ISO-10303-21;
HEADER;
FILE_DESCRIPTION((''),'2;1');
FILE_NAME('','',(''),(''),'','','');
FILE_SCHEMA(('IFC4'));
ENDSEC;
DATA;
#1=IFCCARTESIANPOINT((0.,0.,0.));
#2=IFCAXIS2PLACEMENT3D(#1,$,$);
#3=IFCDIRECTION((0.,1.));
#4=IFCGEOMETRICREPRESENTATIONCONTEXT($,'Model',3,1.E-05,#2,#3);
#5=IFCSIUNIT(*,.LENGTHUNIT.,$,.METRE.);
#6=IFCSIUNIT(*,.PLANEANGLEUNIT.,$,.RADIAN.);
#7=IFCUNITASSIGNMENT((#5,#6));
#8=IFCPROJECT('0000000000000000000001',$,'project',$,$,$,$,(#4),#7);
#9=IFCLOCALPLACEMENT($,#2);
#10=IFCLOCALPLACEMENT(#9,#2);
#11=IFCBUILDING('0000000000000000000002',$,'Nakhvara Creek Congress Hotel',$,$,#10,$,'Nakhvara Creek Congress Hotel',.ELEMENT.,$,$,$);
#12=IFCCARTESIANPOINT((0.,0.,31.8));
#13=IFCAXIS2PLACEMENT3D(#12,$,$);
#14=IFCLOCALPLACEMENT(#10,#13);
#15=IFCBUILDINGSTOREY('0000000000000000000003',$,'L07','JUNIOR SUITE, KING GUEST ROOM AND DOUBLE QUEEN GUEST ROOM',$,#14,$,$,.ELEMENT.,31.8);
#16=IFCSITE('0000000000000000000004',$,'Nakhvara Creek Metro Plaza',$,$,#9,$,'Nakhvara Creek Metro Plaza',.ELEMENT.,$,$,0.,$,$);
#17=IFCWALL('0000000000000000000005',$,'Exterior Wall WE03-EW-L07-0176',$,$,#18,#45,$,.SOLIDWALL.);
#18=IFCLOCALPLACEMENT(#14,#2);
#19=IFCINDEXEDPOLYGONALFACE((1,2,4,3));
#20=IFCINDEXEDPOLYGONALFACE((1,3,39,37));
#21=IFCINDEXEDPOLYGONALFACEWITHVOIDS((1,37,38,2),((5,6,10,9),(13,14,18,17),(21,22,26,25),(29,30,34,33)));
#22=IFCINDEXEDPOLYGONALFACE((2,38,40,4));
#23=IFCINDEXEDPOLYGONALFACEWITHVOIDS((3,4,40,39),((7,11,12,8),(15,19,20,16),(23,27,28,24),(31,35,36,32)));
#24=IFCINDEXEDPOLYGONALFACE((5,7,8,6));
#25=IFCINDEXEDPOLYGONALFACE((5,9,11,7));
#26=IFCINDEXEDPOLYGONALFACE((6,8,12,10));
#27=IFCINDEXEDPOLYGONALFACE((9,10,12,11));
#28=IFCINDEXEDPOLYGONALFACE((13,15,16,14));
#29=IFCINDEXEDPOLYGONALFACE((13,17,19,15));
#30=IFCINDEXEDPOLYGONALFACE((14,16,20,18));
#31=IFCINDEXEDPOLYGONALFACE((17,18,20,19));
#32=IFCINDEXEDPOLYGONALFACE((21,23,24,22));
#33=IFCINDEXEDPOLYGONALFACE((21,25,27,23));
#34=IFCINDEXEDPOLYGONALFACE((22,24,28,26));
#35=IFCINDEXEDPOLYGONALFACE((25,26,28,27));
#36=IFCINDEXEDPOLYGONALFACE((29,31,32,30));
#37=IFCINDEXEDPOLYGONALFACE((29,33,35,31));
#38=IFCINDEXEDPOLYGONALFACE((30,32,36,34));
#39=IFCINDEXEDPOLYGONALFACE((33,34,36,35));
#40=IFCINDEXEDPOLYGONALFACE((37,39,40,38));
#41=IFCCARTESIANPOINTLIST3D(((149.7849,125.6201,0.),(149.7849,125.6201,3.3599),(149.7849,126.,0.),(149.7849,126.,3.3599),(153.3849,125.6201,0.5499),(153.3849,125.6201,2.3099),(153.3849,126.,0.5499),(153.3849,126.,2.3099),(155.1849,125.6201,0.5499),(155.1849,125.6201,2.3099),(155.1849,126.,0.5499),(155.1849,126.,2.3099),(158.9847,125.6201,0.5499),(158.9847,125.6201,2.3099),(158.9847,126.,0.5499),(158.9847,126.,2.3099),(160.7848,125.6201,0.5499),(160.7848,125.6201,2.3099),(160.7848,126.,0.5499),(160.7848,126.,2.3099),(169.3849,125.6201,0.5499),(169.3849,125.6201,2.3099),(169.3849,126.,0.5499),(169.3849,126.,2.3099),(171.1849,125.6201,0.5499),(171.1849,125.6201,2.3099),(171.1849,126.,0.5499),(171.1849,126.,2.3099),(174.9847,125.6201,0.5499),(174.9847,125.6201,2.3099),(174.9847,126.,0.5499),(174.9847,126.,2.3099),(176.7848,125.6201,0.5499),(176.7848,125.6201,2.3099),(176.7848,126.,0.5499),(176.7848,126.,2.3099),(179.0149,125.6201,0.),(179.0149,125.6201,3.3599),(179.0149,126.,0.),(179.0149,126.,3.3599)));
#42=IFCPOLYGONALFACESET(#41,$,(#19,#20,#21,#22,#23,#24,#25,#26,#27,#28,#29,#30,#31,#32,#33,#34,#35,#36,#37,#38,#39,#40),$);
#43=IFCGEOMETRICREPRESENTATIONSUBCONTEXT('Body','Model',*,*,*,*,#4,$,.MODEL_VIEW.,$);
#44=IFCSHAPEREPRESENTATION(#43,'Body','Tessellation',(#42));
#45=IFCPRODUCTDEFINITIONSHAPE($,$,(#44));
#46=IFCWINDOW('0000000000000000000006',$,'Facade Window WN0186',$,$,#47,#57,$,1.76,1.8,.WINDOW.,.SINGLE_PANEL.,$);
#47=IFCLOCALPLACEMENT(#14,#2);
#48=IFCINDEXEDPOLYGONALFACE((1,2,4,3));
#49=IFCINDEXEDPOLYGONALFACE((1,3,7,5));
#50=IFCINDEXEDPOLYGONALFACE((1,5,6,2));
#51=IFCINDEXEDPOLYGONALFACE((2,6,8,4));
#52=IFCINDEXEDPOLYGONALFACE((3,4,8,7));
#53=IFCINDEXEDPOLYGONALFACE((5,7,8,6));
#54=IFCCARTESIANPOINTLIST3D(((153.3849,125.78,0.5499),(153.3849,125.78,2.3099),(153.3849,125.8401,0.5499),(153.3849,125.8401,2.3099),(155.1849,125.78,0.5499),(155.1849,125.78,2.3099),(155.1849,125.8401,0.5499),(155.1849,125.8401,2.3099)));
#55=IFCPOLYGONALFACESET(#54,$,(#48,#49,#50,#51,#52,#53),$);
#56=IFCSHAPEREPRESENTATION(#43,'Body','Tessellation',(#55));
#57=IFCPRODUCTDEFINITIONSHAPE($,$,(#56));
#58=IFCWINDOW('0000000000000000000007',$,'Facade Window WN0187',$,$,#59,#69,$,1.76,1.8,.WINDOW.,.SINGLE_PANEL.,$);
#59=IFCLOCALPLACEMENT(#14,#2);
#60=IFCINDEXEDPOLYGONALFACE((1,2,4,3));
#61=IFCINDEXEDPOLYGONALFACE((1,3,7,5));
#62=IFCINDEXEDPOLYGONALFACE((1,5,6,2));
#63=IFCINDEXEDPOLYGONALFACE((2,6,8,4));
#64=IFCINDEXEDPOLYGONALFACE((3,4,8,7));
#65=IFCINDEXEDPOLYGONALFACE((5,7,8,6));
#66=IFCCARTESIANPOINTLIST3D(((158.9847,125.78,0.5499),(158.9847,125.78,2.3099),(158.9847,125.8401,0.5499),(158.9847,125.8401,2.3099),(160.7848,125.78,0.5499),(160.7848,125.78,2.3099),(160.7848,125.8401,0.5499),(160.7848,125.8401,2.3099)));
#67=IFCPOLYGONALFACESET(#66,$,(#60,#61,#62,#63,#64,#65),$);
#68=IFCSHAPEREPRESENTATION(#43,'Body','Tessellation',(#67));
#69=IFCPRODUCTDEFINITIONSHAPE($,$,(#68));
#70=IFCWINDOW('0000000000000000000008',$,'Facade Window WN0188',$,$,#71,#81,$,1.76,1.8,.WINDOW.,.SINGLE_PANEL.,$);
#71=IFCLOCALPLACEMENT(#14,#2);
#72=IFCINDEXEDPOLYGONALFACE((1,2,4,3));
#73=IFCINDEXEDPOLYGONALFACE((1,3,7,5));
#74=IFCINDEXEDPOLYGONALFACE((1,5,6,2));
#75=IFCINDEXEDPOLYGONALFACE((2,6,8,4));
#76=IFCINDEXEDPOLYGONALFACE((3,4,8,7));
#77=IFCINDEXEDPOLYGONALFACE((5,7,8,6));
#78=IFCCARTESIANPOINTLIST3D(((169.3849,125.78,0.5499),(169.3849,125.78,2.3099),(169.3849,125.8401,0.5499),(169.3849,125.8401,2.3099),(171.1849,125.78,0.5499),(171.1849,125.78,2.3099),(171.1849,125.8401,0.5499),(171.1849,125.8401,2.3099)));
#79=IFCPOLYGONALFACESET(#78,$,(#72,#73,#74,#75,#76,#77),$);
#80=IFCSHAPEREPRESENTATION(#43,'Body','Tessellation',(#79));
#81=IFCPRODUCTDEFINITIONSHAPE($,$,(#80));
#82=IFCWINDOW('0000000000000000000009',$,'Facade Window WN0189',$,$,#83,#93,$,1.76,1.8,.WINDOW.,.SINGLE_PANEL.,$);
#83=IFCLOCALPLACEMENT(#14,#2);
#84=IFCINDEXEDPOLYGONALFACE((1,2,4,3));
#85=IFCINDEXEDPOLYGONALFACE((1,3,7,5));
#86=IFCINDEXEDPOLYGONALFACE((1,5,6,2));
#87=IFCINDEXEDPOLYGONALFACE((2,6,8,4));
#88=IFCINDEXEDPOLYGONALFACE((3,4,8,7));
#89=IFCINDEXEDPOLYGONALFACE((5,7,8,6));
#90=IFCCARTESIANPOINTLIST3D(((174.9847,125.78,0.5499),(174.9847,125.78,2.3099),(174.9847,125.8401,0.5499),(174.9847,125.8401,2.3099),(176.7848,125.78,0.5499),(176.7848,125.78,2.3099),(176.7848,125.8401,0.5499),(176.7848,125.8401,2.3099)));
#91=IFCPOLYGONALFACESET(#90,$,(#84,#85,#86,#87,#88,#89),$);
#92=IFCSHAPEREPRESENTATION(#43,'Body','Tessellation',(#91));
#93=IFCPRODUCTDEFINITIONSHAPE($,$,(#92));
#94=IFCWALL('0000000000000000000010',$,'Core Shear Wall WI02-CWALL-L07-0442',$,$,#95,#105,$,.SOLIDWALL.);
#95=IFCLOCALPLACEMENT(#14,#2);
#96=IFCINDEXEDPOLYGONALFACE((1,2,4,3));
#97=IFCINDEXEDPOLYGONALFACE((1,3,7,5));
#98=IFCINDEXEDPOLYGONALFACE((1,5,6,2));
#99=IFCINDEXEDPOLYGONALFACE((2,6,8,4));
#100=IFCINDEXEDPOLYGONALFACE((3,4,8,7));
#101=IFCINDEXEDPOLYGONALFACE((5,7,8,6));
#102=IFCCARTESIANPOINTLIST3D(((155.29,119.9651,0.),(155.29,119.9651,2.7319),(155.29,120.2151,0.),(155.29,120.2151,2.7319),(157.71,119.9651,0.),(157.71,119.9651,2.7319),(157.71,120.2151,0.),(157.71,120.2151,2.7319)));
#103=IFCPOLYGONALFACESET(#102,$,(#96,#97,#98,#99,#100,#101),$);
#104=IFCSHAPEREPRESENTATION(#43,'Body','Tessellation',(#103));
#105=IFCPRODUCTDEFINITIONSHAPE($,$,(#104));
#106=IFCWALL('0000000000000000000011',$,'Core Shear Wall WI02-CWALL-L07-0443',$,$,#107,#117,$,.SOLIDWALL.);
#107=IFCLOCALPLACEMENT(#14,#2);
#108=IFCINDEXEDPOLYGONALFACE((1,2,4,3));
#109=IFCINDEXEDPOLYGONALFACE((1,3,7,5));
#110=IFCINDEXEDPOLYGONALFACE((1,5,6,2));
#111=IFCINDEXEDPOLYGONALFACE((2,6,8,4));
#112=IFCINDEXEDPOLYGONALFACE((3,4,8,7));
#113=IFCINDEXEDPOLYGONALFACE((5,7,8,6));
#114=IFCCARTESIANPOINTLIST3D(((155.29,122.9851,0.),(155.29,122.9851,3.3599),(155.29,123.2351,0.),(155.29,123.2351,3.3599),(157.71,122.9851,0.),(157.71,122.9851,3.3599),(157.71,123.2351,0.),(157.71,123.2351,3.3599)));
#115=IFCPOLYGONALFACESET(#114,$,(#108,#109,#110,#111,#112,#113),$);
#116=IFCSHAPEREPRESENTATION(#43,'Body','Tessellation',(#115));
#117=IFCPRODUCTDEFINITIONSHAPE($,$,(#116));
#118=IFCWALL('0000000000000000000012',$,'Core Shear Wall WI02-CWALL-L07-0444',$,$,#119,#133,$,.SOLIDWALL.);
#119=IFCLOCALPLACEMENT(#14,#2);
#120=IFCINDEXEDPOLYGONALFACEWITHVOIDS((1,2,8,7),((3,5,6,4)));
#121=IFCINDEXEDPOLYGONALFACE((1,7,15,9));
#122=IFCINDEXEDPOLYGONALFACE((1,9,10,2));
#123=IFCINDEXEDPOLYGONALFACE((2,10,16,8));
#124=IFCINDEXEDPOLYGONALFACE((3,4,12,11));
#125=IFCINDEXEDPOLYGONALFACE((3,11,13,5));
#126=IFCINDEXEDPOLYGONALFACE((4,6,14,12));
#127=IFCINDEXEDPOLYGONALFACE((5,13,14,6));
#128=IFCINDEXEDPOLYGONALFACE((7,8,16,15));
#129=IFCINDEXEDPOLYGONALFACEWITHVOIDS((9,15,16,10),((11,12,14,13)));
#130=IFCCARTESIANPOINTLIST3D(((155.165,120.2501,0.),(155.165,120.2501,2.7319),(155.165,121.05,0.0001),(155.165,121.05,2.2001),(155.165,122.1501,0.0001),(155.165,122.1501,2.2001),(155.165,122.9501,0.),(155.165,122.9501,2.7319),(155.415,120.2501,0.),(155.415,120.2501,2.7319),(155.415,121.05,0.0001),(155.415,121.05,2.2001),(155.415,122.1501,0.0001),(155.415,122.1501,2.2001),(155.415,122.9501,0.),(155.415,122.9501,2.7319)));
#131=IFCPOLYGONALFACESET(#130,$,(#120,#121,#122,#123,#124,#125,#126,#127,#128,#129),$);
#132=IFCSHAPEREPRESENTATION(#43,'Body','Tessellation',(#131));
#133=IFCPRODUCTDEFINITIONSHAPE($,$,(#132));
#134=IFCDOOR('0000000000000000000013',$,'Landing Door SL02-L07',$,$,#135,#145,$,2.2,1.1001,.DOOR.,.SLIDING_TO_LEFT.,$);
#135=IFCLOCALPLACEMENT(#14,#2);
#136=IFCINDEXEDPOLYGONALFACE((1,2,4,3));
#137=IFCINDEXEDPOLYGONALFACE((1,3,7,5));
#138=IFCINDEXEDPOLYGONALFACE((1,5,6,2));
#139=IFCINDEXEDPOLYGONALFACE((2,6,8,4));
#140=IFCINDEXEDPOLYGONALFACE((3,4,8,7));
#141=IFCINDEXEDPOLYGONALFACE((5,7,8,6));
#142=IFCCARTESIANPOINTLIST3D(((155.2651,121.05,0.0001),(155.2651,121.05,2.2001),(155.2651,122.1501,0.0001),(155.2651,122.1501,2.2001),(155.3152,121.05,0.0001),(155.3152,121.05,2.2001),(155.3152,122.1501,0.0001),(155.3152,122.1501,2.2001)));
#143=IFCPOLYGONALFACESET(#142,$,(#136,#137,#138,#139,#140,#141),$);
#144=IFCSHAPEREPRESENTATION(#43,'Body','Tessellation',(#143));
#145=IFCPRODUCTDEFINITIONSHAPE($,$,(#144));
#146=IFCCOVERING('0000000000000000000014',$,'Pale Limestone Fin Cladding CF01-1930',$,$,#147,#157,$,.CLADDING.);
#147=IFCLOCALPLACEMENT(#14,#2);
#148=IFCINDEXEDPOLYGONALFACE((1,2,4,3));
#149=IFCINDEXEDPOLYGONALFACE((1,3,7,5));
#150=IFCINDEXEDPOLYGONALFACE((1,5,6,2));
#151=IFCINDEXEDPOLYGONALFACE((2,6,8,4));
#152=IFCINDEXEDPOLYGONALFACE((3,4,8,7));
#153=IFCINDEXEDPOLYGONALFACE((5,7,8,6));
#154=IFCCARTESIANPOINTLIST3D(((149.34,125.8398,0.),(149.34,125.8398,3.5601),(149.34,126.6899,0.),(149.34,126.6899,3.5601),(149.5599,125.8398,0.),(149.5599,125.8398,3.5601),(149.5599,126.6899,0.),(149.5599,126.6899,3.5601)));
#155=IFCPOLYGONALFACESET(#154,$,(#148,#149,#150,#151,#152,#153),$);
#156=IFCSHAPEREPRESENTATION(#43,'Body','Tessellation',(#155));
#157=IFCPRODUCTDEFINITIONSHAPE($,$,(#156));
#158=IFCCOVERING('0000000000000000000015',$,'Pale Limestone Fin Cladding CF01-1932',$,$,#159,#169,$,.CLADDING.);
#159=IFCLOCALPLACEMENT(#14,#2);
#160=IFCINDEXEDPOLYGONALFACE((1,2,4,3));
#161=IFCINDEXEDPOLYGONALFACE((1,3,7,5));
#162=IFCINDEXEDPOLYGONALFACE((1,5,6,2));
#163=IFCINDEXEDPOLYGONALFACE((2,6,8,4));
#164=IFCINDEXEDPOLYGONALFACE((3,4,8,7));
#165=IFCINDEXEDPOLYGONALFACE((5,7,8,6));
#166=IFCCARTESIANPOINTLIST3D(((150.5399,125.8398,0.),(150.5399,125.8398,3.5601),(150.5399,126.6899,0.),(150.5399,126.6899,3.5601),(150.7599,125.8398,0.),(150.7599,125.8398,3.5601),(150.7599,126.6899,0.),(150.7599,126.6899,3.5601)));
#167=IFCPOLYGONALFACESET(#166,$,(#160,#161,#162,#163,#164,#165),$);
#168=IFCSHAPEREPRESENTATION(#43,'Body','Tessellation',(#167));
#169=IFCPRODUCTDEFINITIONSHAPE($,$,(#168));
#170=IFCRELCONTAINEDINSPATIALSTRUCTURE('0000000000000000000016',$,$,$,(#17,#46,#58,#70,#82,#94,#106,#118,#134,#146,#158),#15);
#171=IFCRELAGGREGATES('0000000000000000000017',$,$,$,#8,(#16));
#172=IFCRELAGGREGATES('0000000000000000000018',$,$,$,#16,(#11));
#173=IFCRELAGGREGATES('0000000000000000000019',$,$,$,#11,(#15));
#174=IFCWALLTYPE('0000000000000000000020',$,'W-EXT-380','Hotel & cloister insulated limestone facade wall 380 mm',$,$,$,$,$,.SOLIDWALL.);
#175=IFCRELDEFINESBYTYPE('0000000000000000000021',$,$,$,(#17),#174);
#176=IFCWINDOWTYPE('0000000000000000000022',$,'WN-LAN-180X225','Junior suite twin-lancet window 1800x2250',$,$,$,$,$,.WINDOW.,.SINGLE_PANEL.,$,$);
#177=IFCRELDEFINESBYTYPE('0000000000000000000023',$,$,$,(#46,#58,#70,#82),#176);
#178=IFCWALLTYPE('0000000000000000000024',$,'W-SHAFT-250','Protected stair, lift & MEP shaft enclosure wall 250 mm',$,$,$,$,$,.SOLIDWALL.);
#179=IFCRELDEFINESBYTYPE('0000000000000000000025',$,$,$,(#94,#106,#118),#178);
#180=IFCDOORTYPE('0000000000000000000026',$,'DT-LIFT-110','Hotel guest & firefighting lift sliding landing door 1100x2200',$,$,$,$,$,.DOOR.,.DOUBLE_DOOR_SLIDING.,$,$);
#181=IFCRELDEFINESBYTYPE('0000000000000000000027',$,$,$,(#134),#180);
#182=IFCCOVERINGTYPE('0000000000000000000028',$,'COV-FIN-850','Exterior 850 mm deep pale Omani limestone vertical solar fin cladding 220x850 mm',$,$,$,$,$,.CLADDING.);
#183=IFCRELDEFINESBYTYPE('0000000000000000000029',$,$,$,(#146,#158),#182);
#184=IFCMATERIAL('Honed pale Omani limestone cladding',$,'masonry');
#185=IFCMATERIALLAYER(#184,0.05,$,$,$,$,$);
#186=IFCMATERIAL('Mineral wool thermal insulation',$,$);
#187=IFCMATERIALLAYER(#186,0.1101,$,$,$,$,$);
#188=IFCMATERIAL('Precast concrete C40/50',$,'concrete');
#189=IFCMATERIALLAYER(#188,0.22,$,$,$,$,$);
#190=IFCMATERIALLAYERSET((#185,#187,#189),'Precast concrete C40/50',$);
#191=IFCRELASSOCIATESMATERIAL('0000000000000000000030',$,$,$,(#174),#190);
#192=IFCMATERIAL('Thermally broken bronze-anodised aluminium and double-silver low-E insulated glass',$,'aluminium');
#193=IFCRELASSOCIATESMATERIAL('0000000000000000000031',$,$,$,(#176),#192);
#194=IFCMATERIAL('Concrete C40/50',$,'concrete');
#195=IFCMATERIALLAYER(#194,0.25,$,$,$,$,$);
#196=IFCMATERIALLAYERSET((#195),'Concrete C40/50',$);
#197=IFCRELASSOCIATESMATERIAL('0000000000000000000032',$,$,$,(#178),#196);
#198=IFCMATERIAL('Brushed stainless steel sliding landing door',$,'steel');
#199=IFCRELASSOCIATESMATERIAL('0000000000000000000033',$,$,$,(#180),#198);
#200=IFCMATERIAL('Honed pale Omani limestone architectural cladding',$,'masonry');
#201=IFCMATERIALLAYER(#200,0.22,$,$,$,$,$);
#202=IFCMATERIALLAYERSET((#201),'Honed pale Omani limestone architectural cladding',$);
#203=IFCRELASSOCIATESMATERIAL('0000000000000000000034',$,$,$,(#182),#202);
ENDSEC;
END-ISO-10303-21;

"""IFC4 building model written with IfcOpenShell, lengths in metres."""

from ifc_helpers import new_model, si_unit, direction, frame, frame_2d, origin, origin_2d, place, context, subcontext, project, spatial, rectangle, extrude, material, layer, layer_set, type_object, element, fill, save


model = new_model("IFC4")

# Units and contexts
model_context = context("Model", 3, precision=1e-05, world=origin(), true_north=direction((0.0, 1.0)))
body_context = subcontext(model_context, "Body", "Model", "MODEL_VIEW")
ifc_project = project(units=[si_unit("LENGTHUNIT", "METRE"), si_unit("PLANEANGLEUNIT", "RADIAN")], contexts=[model_context])

# Site, building, storey
site_placement = place(None, origin())
site = spatial("IfcSite", under=ifc_project, at=site_placement, Name="Nakhvara Creek Metro Plaza", LongName="Nakhvara Creek Metro Plaza", CompositionType="ELEMENT", RefElevation=0.0)
building_placement = place(site_placement, origin())
building = spatial("IfcBuilding", under=site, at=building_placement, Name="Nakhvara Creek Congress Hotel", LongName="Nakhvara Creek Congress Hotel", CompositionType="ELEMENT")
storey_placement = place(building_placement, frame((0.0, 0.0, 31.8)))
storey = spatial("IfcBuildingStorey", under=building, at=storey_placement, Name="L07", Description="JUNIOR SUITE, KING GUEST ROOM AND DOUBLE QUEEN GUEST ROOM", CompositionType="ELEMENT", Elevation=31.8)

# Wall, openings, windows
ifc_material_1 = material(Name="Honed pale Omani limestone cladding", Category="masonry")
ifc_layer_1 = layer(ifc_material_1, 0.05)
ifc_material_2 = material(Name="Mineral wool thermal insulation")
ifc_layer_2 = layer(ifc_material_2, 0.1101)
ifc_material_3 = material(Name="Precast concrete C40/50", Category="concrete")
ifc_layer_3 = layer(ifc_material_3, 0.22)
ifc_layer_set_1 = layer_set([ifc_layer_1, ifc_layer_2, ifc_layer_3], Name="Precast concrete C40/50")
wall_type_1 = type_object("IfcWallType", Name="W-EXT-380", Description="Hotel & cloister insulated limestone facade wall 380 mm", PredefinedType="SOLIDWALL", material=ifc_layer_set_1)
wall_1_placement = place(storey_placement, frame((149.7849, 125.8101, 0.0), z_axis=(0.0, 0.0, 1.0), x_axis=(1.0, 0.0, 0.0)))
wall_1 = element("IfcWall", 1, at=wall_1_placement, inside=storey, type_object=wall_type_1, Name="Exterior Wall WE03-EW-L07-0176", PredefinedType="SOLIDWALL", context=body_context, shape_type="SweptSolid", body=[
    extrude(rectangle(XDim=29.23, YDim=0.3799, at=frame_2d((14.615, 0.0))), origin(), (0.0, 0.0, 1.0), 3.3599),
])
opening_1_placement = place(wall_1_placement, frame((3.6001, 0.0, 0.55)))
opening_1 = element("IfcOpeningElement", 2, at=opening_1_placement, cuts=wall_1, PredefinedType="OPENING", context=body_context, shape_type="SweptSolid", body=[
    extrude(rectangle(XDim=1.8, YDim=1.76, at=frame_2d((0.8999, 0.8799))), frame((0.0, 0.2019, 0.0), z_axis=(0.0, -1.0, 0.0), x_axis=(1.0, 0.0, 0.0)), (0.0, 0.0, 1.0), 0.4038),
])
opening_2_placement = place(wall_1_placement, frame((9.2, 0.0, 0.55)))
opening_2 = element("IfcOpeningElement", 3, at=opening_2_placement, cuts=wall_1, PredefinedType="OPENING", context=body_context, shape_type="SweptSolid", body=[
    extrude(rectangle(XDim=1.8, YDim=1.76, at=frame_2d((0.8999, 0.8799))), frame((0.0, 0.2019, 0.0), z_axis=(0.0, -1.0, 0.0), x_axis=(1.0, 0.0, 0.0)), (0.0, 0.0, 1.0), 0.4038),
])
opening_3_placement = place(wall_1_placement, frame((19.6001, 0.0, 0.55)))
opening_3 = element("IfcOpeningElement", 4, at=opening_3_placement, cuts=wall_1, PredefinedType="OPENING", context=body_context, shape_type="SweptSolid", body=[
    extrude(rectangle(XDim=1.8, YDim=1.76, at=frame_2d((0.8999, 0.8799))), frame((0.0, 0.2019, 0.0), z_axis=(0.0, -1.0, 0.0), x_axis=(1.0, 0.0, 0.0)), (0.0, 0.0, 1.0), 0.4038),
])
opening_4_placement = place(wall_1_placement, frame((25.2, 0.0, 0.55)))
opening_4 = element("IfcOpeningElement", 5, at=opening_4_placement, cuts=wall_1, PredefinedType="OPENING", context=body_context, shape_type="SweptSolid", body=[
    extrude(rectangle(XDim=1.8, YDim=1.76, at=frame_2d((0.8999, 0.8799))), frame((0.0, 0.2019, 0.0), z_axis=(0.0, -1.0, 0.0), x_axis=(1.0, 0.0, 0.0)), (0.0, 0.0, 1.0), 0.4038),
])
ifc_material_4 = material(Name="Thermally broken bronze-anodised aluminium and double-silver low-E insulated glass", Category="aluminium")
window_type = type_object("IfcWindowType", Name="WN-LAN-180X225", Description="Junior suite twin-lancet window 1800x2250", PartitioningType="SINGLE_PANEL", PredefinedType="WINDOW", material=ifc_material_4)
window_1_placement = place(opening_1_placement, origin())
window_1 = element("IfcWindow", 6, at=window_1_placement, inside=storey, type_object=window_type, Name="Facade Window WN0186", OverallHeight=1.76, OverallWidth=1.8, PartitioningType="SINGLE_PANEL", PredefinedType="WINDOW", context=body_context, shape_type="SweptSolid", body=[
    extrude(rectangle(XDim=1.8, YDim=1.76, at=frame_2d((0.8999, 0.8799))), frame((0.0, 0.03, 0.0), z_axis=(0.0, -1.0, 0.0), x_axis=(1.0, 0.0, 0.0)), (0.0, 0.0, 1.0), 0.0601),
])
fill(opening_1, window_1)
window_2_placement = place(opening_2_placement, origin())
window_2 = element("IfcWindow", 7, at=window_2_placement, inside=storey, type_object=window_type, Name="Facade Window WN0187", OverallHeight=1.76, OverallWidth=1.8, PartitioningType="SINGLE_PANEL", PredefinedType="WINDOW", context=body_context, shape_type="SweptSolid", body=[
    extrude(rectangle(XDim=1.8, YDim=1.76, at=frame_2d((0.8999, 0.8799))), frame((0.0, 0.03, 0.0), z_axis=(0.0, -1.0, 0.0), x_axis=(1.0, 0.0, 0.0)), (0.0, 0.0, 1.0), 0.0601),
])
fill(opening_2, window_2)
window_3_placement = place(opening_3_placement, origin())
window_3 = element("IfcWindow", 8, at=window_3_placement, inside=storey, type_object=window_type, Name="Facade Window WN0188", OverallHeight=1.76, OverallWidth=1.8, PartitioningType="SINGLE_PANEL", PredefinedType="WINDOW", context=body_context, shape_type="SweptSolid", body=[
    extrude(rectangle(XDim=1.8, YDim=1.76, at=frame_2d((0.8999, 0.8799))), frame((0.0, 0.03, 0.0), z_axis=(0.0, -1.0, 0.0), x_axis=(1.0, 0.0, 0.0)), (0.0, 0.0, 1.0), 0.0601),
])
fill(opening_3, window_3)
window_4_placement = place(opening_4_placement, origin())
window_4 = element("IfcWindow", 9, at=window_4_placement, inside=storey, type_object=window_type, Name="Facade Window WN0189", OverallHeight=1.76, OverallWidth=1.8, PartitioningType="SINGLE_PANEL", PredefinedType="WINDOW", context=body_context, shape_type="SweptSolid", body=[
    extrude(rectangle(XDim=1.8, YDim=1.76, at=frame_2d((0.8999, 0.8799))), frame((0.0, 0.03, 0.0), z_axis=(0.0, -1.0, 0.0), x_axis=(1.0, 0.0, 0.0)), (0.0, 0.0, 1.0), 0.0601),
])
fill(opening_4, window_4)

# Walls
ifc_material_5 = material(Name="Concrete C40/50", Category="concrete")
ifc_layer_4 = layer(ifc_material_5, 0.25)
ifc_layer_set_2 = layer_set([ifc_layer_4], Name="Concrete C40/50")
wall_type_2 = type_object("IfcWallType", Name="W-SHAFT-250", Description="Protected stair, lift & MEP shaft enclosure wall 250 mm", PredefinedType="SOLIDWALL", material=ifc_layer_set_2)
wall_2_placement = place(storey_placement, frame((155.29, 120.0901, 0.0), z_axis=(0.0, 0.0, 1.0), x_axis=(1.0, 0.0, 0.0)))
element("IfcWall", 10, at=wall_2_placement, inside=storey, type_object=wall_type_2, Name="Core Shear Wall WI02-CWALL-L07-0442", PredefinedType="SOLIDWALL", context=body_context, shape_type="SweptSolid", body=[
    extrude(rectangle(XDim=2.4199, YDim=0.25, at=frame_2d((1.21, 0.0))), origin(), (0.0, 0.0, 1.0), 2.7319),
])
wall_3_placement = place(storey_placement, frame((155.29, 123.1101, 0.0), z_axis=(0.0, 0.0, 1.0), x_axis=(1.0, 0.0, 0.0)))
element("IfcWall", 11, at=wall_3_placement, inside=storey, type_object=wall_type_2, Name="Core Shear Wall WI02-CWALL-L07-0443", PredefinedType="SOLIDWALL", context=body_context, shape_type="SweptSolid", body=[
    extrude(rectangle(XDim=2.4199, YDim=0.25, at=frame_2d((1.21, 0.0))), origin(), (0.0, 0.0, 1.0), 3.3599),
])

# Wall, opening, door
wall_4_placement = place(storey_placement, frame((155.29, 120.25, 0.0), z_axis=(0.0, 0.0, 1.0), x_axis=(0.0, 1.0, 0.0)))
wall_4 = element("IfcWall", 12, at=wall_4_placement, inside=storey, type_object=wall_type_2, Name="Core Shear Wall WI02-CWALL-L07-0444", PredefinedType="SOLIDWALL", context=body_context, shape_type="SweptSolid", body=[
    extrude(rectangle(XDim=2.7, YDim=0.25, at=frame_2d((1.3501, 0.0))), origin(), (0.0, 0.0, 1.0), 2.7319),
])
opening_5_placement = place(wall_4_placement, frame((0.8, 0.0, 0.0)))
opening_5 = element("IfcOpeningElement", 13, at=opening_5_placement, cuts=wall_4, PredefinedType="OPENING", context=body_context, shape_type="SweptSolid", body=[
    extrude(rectangle(XDim=1.1001, YDim=2.2, at=frame_2d((0.55, 1.1001))), frame((0.0, 0.137, 0.0), z_axis=(0.0, -1.0, 0.0), x_axis=(1.0, 0.0, 0.0)), (0.0, 0.0, 1.0), 0.2739),
])
ifc_material_6 = material(Name="Brushed stainless steel sliding landing door", Category="steel")
door_type = type_object("IfcDoorType", Name="DT-LIFT-110", Description="Hotel guest & firefighting lift sliding landing door 1100x2200", OperationType="DOUBLE_DOOR_SLIDING", PredefinedType="DOOR", material=ifc_material_6)
door_placement = place(opening_5_placement, origin())
door = element("IfcDoor", 14, at=door_placement, inside=storey, type_object=door_type, Name="Landing Door SL02-L07", OperationType="SLIDING_TO_LEFT", OverallHeight=2.2, OverallWidth=1.1001, PredefinedType="DOOR", context=body_context, shape_type="SweptSolid", body=[
    extrude(rectangle(XDim=1.1001, YDim=2.2, at=frame_2d((0.55, 1.1001))), frame((0.0, 0.0249, 0.0), z_axis=(0.0, -1.0, 0.0), x_axis=(1.0, 0.0, 0.0)), (0.0, 0.0, 1.0), 0.05),
])
fill(opening_5, door)

# Coverings
ifc_material_7 = material(Name="Honed pale Omani limestone architectural cladding", Category="masonry")
ifc_layer_5 = layer(ifc_material_7, 0.22)
ifc_layer_set_3 = layer_set([ifc_layer_5], Name="Honed pale Omani limestone architectural cladding")
covering_type = type_object("IfcCoveringType", Name="COV-FIN-850", Description="Exterior 850 mm deep pale Omani limestone vertical solar fin cladding 220x850 mm", PredefinedType="CLADDING", material=ifc_layer_set_3)
for number, where, z_axis, x_axis, name in (
    (15, (149.45, 126.2649, 0.0), (0.0, 0.0, 1.0), (1.0, 0.0, 0.0), "Pale Limestone Fin Cladding CF01-1930"),
    (16, (150.6499, 126.2649, 0.0), (0.0, 0.0, 1.0), (1.0, 0.0, 0.0), "Pale Limestone Fin Cladding CF01-1932"),
):
    element("IfcCovering", number, at=place(storey_placement, frame(where, z_axis=z_axis, x_axis=x_axis)), inside=storey, type_object=covering_type, Name=name, PredefinedType="CLADDING", context=body_context, shape_type="SweptSolid", body=[
        extrude(rectangle(XDim=0.22, YDim=0.8501, at=origin_2d()), origin(), (0.0, 0.0, 1.0), 3.5601),
    ])

save(model, "model.ifc")
